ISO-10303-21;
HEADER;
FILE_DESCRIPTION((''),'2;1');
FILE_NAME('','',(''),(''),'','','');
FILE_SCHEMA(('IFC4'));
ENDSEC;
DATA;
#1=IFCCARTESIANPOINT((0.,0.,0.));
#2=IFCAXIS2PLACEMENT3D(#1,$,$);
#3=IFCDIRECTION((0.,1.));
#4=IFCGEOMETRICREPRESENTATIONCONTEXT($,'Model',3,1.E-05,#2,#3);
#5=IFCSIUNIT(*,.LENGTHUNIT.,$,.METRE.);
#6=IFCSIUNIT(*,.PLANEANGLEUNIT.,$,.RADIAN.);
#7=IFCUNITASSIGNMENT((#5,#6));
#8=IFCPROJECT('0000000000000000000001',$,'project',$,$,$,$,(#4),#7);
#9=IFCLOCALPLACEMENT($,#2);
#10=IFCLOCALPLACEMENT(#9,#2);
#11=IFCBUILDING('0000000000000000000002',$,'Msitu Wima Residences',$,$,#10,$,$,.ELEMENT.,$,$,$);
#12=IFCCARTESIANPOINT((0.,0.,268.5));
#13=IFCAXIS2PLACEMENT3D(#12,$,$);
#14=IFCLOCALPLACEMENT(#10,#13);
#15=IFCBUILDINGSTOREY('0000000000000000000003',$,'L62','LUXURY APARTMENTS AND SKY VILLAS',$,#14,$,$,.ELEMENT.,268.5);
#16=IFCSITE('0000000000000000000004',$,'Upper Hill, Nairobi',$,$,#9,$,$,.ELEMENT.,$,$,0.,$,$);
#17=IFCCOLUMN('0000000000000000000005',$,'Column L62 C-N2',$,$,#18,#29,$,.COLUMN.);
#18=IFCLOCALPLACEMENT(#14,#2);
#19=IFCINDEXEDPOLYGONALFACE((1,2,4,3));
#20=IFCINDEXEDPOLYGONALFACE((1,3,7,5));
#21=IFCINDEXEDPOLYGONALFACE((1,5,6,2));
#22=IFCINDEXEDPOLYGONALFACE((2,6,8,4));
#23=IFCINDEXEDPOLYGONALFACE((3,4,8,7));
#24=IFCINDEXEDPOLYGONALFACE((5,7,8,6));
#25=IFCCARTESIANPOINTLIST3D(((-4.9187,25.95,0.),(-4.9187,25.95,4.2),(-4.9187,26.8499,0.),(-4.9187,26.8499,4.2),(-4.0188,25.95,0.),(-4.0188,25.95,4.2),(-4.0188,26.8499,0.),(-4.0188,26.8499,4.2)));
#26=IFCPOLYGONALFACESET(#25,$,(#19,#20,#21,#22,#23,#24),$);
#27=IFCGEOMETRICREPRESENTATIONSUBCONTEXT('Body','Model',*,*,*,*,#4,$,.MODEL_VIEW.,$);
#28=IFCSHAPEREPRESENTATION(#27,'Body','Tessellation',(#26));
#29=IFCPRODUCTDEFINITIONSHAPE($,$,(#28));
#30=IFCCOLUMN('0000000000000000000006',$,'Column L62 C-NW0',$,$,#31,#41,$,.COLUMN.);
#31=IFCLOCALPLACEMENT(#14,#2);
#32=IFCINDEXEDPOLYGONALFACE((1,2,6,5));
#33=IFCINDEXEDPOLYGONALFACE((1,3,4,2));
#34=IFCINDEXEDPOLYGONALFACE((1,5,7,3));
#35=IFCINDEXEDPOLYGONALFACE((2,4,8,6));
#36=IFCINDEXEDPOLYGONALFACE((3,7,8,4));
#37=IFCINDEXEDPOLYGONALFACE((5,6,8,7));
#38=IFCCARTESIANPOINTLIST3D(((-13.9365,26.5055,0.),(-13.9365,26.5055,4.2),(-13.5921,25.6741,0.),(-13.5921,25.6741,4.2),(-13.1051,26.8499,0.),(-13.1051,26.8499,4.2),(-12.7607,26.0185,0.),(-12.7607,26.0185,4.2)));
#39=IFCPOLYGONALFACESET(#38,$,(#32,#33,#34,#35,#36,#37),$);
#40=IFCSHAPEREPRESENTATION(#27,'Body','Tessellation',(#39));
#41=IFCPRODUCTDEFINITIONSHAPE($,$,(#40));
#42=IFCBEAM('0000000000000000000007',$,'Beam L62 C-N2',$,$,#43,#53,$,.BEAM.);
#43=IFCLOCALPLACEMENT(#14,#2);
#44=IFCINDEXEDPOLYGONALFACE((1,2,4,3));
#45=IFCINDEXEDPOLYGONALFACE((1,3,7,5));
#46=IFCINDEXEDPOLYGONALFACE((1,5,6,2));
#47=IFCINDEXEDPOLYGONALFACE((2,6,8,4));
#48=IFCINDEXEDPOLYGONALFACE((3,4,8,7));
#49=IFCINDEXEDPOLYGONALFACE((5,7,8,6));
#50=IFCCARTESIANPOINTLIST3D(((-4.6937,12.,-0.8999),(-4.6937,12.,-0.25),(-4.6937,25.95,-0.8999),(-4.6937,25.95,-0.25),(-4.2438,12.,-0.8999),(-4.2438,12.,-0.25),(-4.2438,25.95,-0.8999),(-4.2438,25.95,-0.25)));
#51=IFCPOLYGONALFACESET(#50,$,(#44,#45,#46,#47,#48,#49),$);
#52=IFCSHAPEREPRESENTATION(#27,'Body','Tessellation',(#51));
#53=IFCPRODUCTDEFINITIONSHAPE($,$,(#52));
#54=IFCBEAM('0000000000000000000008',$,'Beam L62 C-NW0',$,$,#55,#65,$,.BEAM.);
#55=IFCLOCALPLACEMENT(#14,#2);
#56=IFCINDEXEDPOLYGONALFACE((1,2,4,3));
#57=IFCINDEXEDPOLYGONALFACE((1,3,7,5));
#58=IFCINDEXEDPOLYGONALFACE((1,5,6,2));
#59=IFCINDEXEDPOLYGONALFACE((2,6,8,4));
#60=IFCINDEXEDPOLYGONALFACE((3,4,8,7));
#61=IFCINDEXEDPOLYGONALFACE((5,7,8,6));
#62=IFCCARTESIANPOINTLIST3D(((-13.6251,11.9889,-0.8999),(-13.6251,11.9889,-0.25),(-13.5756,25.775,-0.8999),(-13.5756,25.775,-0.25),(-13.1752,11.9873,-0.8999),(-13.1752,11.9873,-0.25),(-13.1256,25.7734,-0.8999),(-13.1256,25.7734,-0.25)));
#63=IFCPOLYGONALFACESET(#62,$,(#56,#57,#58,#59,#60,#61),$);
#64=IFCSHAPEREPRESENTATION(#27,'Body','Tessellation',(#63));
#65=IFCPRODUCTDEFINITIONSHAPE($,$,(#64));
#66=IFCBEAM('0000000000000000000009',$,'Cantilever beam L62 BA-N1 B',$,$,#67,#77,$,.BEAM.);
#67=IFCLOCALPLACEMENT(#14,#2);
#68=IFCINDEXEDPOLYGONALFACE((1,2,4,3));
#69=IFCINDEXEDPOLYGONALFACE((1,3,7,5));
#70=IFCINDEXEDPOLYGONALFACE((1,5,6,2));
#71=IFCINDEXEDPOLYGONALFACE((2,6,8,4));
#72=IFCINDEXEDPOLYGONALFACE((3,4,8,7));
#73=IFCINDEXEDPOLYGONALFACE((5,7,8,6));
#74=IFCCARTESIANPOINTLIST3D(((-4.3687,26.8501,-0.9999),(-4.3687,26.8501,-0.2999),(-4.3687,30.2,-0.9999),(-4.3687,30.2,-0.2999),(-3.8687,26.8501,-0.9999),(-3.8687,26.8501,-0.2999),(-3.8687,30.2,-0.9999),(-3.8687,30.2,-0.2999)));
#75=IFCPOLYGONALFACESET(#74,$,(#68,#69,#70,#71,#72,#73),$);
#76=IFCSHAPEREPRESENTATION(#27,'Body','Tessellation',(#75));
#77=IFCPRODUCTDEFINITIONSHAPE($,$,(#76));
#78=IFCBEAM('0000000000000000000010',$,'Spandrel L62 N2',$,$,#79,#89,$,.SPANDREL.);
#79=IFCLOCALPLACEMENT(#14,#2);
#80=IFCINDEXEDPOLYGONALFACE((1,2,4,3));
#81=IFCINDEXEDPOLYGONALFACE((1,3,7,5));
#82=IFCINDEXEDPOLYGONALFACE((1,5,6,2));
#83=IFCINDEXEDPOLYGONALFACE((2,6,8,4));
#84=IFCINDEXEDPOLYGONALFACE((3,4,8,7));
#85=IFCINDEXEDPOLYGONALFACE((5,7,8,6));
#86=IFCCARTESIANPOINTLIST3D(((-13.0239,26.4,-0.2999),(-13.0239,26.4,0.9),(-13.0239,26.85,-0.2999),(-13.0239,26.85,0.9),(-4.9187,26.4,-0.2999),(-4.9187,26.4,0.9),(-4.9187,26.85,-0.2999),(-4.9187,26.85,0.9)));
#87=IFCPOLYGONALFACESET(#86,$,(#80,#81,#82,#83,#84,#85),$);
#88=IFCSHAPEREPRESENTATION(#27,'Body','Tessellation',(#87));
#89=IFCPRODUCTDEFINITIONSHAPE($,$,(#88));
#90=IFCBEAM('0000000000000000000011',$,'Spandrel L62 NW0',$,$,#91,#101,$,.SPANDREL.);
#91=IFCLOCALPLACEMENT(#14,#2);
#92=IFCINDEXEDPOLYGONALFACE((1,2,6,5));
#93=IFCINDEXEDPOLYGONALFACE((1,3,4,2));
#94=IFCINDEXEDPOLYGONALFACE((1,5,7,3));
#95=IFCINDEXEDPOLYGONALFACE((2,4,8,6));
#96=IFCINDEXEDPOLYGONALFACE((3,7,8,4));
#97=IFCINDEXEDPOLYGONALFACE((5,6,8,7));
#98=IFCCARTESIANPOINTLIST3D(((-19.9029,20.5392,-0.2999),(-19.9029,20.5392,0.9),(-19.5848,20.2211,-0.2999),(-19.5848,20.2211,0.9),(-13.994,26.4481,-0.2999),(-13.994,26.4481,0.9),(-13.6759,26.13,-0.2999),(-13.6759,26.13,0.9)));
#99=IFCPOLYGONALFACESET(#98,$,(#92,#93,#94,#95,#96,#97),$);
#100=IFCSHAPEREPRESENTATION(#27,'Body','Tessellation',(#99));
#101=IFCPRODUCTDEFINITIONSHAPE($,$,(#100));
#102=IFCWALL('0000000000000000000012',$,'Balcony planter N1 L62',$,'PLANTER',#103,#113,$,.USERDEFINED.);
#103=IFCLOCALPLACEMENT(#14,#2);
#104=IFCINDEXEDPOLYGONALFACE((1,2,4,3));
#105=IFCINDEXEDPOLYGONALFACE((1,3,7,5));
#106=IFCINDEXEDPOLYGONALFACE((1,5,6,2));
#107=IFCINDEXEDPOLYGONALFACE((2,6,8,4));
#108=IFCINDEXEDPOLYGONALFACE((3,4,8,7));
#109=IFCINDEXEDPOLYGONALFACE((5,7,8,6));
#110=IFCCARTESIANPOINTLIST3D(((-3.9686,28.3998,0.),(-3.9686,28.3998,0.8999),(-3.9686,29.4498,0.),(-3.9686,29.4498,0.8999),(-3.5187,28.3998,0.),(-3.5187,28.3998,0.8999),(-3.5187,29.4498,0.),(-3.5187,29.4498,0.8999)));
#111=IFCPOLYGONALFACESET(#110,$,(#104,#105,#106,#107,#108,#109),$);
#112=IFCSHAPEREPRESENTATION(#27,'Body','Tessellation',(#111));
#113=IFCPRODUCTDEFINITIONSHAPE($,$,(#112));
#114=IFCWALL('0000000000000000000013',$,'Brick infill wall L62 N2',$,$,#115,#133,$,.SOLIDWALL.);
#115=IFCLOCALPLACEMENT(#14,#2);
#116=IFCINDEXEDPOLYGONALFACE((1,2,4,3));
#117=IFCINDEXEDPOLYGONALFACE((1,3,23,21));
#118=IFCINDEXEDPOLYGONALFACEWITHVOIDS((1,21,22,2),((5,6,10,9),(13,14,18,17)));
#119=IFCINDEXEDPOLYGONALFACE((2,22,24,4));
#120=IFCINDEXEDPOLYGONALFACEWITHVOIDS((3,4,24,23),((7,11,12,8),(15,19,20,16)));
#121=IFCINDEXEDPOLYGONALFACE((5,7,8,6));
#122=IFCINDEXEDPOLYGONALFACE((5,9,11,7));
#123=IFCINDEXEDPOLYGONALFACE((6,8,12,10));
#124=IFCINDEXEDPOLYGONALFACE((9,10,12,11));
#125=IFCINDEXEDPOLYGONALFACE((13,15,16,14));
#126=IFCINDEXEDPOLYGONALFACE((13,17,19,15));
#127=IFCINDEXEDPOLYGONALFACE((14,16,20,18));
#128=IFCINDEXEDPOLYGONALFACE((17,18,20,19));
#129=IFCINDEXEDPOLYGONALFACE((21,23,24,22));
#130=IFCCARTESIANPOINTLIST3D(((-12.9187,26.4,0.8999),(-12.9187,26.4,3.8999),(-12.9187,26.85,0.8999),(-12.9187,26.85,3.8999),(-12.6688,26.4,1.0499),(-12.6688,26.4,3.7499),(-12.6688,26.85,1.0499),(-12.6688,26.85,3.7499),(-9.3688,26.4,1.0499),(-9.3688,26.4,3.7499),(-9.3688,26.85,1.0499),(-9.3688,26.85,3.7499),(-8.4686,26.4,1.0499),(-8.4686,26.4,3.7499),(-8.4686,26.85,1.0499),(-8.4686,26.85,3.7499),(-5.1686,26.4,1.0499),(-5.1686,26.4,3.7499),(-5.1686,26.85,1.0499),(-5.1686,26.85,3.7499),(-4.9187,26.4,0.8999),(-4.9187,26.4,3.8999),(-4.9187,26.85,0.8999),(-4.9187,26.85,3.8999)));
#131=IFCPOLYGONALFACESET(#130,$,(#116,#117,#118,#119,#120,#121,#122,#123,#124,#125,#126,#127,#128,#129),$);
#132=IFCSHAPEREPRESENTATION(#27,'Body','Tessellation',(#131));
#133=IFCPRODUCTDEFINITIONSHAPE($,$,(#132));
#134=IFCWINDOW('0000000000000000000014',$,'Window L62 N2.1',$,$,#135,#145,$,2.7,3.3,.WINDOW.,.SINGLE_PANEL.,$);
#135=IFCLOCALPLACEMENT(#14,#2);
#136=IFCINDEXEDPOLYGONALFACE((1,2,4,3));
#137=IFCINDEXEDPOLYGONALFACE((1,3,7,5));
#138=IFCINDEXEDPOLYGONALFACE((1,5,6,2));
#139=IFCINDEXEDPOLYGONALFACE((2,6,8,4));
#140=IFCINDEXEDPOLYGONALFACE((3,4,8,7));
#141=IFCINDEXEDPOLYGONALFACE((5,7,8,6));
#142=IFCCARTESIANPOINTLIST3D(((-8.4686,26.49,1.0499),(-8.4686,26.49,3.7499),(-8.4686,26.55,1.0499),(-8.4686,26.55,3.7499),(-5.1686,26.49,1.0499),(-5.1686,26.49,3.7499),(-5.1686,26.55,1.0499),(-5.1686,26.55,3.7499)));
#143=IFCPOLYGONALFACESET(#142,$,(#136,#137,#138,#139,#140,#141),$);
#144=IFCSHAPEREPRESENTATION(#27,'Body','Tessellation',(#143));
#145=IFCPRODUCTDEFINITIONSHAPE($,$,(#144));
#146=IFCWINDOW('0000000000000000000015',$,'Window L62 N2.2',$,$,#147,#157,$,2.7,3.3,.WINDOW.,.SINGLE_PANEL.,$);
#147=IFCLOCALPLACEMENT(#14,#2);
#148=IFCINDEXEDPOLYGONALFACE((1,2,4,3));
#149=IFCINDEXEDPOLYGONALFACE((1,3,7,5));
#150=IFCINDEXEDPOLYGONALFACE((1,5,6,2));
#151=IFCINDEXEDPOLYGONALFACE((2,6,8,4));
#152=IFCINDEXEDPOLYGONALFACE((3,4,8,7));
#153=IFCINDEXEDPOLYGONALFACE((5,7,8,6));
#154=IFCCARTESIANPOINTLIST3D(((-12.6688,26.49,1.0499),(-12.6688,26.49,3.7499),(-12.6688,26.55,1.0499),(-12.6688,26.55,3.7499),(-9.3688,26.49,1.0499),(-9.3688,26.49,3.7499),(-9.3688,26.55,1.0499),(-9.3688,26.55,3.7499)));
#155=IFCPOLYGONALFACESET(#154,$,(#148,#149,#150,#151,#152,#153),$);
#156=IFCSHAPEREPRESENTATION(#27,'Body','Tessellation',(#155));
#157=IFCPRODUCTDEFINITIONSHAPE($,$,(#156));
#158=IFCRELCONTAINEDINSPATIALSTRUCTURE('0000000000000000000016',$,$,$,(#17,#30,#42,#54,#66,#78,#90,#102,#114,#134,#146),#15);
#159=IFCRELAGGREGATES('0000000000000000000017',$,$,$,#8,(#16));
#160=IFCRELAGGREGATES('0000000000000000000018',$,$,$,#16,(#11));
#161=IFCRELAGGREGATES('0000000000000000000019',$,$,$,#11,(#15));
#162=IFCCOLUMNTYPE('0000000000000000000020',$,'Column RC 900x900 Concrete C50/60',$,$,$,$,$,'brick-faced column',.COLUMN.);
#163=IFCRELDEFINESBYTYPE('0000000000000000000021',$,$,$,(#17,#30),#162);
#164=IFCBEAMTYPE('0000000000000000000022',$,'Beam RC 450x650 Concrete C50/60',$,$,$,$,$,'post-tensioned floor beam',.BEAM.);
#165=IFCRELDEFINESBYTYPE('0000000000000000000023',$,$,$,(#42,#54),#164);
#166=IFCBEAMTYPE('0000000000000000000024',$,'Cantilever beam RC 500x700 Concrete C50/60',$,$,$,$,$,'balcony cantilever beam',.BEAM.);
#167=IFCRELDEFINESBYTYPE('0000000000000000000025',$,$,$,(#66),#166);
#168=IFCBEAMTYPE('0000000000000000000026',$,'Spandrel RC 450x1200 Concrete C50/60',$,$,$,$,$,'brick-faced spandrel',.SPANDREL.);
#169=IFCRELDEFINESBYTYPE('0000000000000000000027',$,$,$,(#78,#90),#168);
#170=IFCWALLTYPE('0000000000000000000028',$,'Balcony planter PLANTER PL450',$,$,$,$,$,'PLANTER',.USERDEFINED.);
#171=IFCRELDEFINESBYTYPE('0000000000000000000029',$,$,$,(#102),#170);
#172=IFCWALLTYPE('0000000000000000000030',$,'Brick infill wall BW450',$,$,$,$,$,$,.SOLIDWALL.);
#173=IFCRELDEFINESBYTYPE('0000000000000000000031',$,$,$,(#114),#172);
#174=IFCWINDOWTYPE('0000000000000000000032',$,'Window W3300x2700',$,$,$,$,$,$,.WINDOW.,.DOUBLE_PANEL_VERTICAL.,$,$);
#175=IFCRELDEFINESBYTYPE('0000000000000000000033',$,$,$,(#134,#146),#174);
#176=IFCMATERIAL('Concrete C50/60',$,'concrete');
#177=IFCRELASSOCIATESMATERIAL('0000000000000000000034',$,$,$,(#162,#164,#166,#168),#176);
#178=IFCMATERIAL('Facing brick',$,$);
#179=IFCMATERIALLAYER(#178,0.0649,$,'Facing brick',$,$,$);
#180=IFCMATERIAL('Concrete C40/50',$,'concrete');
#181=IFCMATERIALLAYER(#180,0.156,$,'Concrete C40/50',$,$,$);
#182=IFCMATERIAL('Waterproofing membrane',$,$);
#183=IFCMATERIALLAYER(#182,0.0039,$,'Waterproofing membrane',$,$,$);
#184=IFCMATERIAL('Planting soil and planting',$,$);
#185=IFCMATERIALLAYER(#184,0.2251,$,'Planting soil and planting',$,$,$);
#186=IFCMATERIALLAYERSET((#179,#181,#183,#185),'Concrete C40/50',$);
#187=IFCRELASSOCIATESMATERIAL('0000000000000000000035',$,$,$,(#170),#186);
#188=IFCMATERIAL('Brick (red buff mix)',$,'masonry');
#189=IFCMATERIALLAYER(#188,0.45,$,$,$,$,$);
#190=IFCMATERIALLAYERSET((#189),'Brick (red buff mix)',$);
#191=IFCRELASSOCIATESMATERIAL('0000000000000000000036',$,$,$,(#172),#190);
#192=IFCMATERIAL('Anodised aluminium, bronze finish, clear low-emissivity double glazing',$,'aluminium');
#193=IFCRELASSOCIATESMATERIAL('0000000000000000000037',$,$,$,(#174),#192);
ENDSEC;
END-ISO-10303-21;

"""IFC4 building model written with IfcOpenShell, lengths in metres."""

from ifc_helpers import new_model, si_unit, direction, frame, frame_2d, origin, origin_2d, place, context, subcontext, project, spatial, rectangle, extrude, material, layer, layer_set, material_profile, profile_set, type_object, element, fill, save


model = new_model("IFC4")

# Units and contexts
model_context = context("Model", 3, precision=1e-05, world=origin(), true_north=direction((0.0, 1.0)))
body_context = subcontext(model_context, "Body", "Model", "MODEL_VIEW")
ifc_project = project(units=[si_unit("LENGTHUNIT", "METRE"), si_unit("PLANEANGLEUNIT", "RADIAN")], contexts=[model_context])

# Site, building, storey
site_placement = place(None, origin())
site = spatial("IfcSite", under=ifc_project, at=site_placement, Name="Upper Hill, Nairobi", CompositionType="ELEMENT", RefElevation=0.0)
building_placement = place(site_placement, origin())
building = spatial("IfcBuilding", under=site, at=building_placement, Name="Msitu Wima Residences", CompositionType="ELEMENT")
storey_placement = place(building_placement, frame((0.0, 0.0, 268.5)))
storey = spatial("IfcBuildingStorey", under=building, at=storey_placement, Name="L62", Description="LUXURY APARTMENTS AND SKY VILLAS", CompositionType="ELEMENT", Elevation=268.5)

# Columns
ifc_material_1 = material(Name="Concrete C50/60", Category="concrete")
ifc_material_profile_1 = material_profile(ifc_material_1, rectangle(XDim=0.8999, YDim=0.8999, at=origin_2d()), Name="RC 900x900")
ifc_profile_set_1 = profile_set([ifc_material_profile_1], Name="Concrete C50/60")
column_type = type_object("IfcColumnType", Name="Column RC 900x900 Concrete C50/60", ElementType="brick-faced column", PredefinedType="COLUMN", material=ifc_profile_set_1)
for number, where, z_axis, x_axis, name in (
    (1, (-4.4688, 26.3999, 0.0), (0.0, 0.0, 1.0), (-1.0, 0.0, 0.0), "Column L62 C-N2"),
    (2, (-13.3486, 26.262, 0.0), (0.0, 0.0, 1.0), (-0.92388, -0.382683, 0.0), "Column L62 C-NW0"),
):
    element("IfcColumn", number, at=place(storey_placement, frame(where, z_axis=z_axis, x_axis=x_axis)), inside=storey, type_object=column_type, Name=name, PredefinedType="COLUMN", context=body_context, shape_type="SweptSolid", body=[
        extrude(rectangle(XDim=0.8999, YDim=0.8999, at=origin_2d()), origin(), (0.0, 0.0, 1.0), 4.2),
    ])

# Beams
ifc_material_profile_2 = material_profile(ifc_material_1, rectangle(XDim=0.45, YDim=0.6499, at=origin_2d()), Name="RC 450x650")
ifc_profile_set_2 = profile_set([ifc_material_profile_2], Name="Concrete C50/60")
beam_type_1 = type_object("IfcBeamType", Name="Beam RC 450x650 Concrete C50/60", ElementType="post-tensioned floor beam", PredefinedType="BEAM", material=ifc_profile_set_2)
beam_1_placement = place(storey_placement, frame((-4.4688, 25.95, -0.575), z_axis=(0.0, -1.0, 0.0), x_axis=(1.0, 0.0, 0.0)))
element("IfcBeam", 3, at=beam_1_placement, inside=storey, type_object=beam_type_1, Name="Beam L62 C-N2", PredefinedType="BEAM", context=body_context, shape_type="SweptSolid", body=[
    extrude(rectangle(XDim=0.45, YDim=0.6499, at=origin_2d()), origin(), (0.0, 0.0, 1.0), 13.95),
])
beam_2_placement = place(storey_placement, frame((-13.3506, 25.7742, -0.575), z_axis=(-0.003595, -0.999994, 0.0), x_axis=(0.999994, -0.003595, 0.0)))
element("IfcBeam", 4, at=beam_2_placement, inside=storey, type_object=beam_type_1, Name="Beam L62 C-NW0", PredefinedType="BEAM", context=body_context, shape_type="SweptSolid", body=[
    extrude(rectangle(XDim=0.45, YDim=0.6499, at=origin_2d()), origin(), (0.0, 0.0, 1.0), 13.7861),
])
ifc_material_profile_3 = material_profile(ifc_material_1, rectangle(XDim=0.5, YDim=0.7, at=origin_2d()), Name="RC 500x700")
ifc_profile_set_3 = profile_set([ifc_material_profile_3], Name="Concrete C50/60")
beam_type_2 = type_object("IfcBeamType", Name="Cantilever beam RC 500x700 Concrete C50/60", ElementType="balcony cantilever beam", PredefinedType="BEAM", material=ifc_profile_set_3)
beam_3_placement = place(storey_placement, frame((-4.1187, 26.8501, -0.6499), z_axis=(0.0, 1.0, 0.0), x_axis=(-1.0, 0.0, 0.0)))
element("IfcBeam", 5, at=beam_3_placement, inside=storey, type_object=beam_type_2, Name="Cantilever beam L62 BA-N1 B", PredefinedType="BEAM", context=body_context, shape_type="SweptSolid", body=[
    extrude(rectangle(XDim=0.5, YDim=0.7, at=origin_2d()), origin(), (0.0, 0.0, 1.0), 3.3499),
])
ifc_material_profile_4 = material_profile(ifc_material_1, rectangle(XDim=0.45, YDim=1.2, at=origin_2d()), Name="RC 450x1200")
ifc_profile_set_4 = profile_set([ifc_material_profile_4], Name="Concrete C50/60")
beam_type_3 = type_object("IfcBeamType", Name="Spandrel RC 450x1200 Concrete C50/60", ElementType="brick-faced spandrel", PredefinedType="SPANDREL", material=ifc_profile_set_4)
beam_4_placement = place(storey_placement, frame((-4.9187, 26.625, 0.3), z_axis=(-1.0, 0.0, 0.0), x_axis=(0.0, -1.0, 0.0)))
element("IfcBeam", 6, at=beam_4_placement, inside=storey, type_object=beam_type_3, Name="Spandrel L62 N2", PredefinedType="SPANDREL", context=body_context, shape_type="SweptSolid", body=[
    extrude(rectangle(XDim=0.45, YDim=1.2, at=origin_2d()), origin(), (0.0, 0.0, 1.0), 8.1052),
])
beam_5_placement = place(storey_placement, frame((-13.835, 26.2891, 0.3), z_axis=(-0.707107, -0.707107, 0.0), x_axis=(0.707107, -0.707107, 0.0)))
element("IfcBeam", 7, at=beam_5_placement, inside=storey, type_object=beam_type_3, Name="Spandrel L62 NW0", PredefinedType="SPANDREL", context=body_context, shape_type="SweptSolid", body=[
    extrude(rectangle(XDim=0.45, YDim=1.2, at=origin_2d()), origin(), (0.0, 0.0, 1.0), 8.3564),
])

# Wall
ifc_material_2 = material(Name="Facing brick")
ifc_layer_1 = layer(ifc_material_2, 0.0649, Name="Facing brick")
ifc_material_3 = material(Name="Concrete C40/50", Category="concrete")
ifc_layer_2 = layer(ifc_material_3, 0.156, Name="Concrete C40/50")
ifc_material_4 = material(Name="Waterproofing membrane")
ifc_layer_3 = layer(ifc_material_4, 0.0039, Name="Waterproofing membrane")
ifc_material_5 = material(Name="Planting soil and planting")
ifc_layer_4 = layer(ifc_material_5, 0.2251, Name="Planting soil and planting")
ifc_layer_set_1 = layer_set([ifc_layer_1, ifc_layer_2, ifc_layer_3, ifc_layer_4], Name="Concrete C40/50")
wall_type_1 = type_object("IfcWallType", Name="Balcony planter PLANTER PL450", ElementType="PLANTER", PredefinedType="USERDEFINED", material=ifc_layer_set_1)
wall_1_placement = place(storey_placement, frame((-3.7437, 28.3999, 0.0), z_axis=(0.0, 0.0, 1.0), x_axis=(0.0, 1.0, 0.0)))
element("IfcWall", 8, at=wall_1_placement, inside=storey, type_object=wall_type_1, Name="Balcony planter N1 L62", ObjectType="PLANTER", PredefinedType="USERDEFINED", context=body_context, shape_type="SweptSolid", body=[
    extrude(rectangle(XDim=1.05, YDim=0.45, at=frame_2d((0.5249, 0.0))), origin(), (0.0, 0.0, 1.0), 0.8999),
])

# Wall, openings, windows
ifc_material_6 = material(Name="Brick (red buff mix)", Category="masonry")
ifc_layer_5 = layer(ifc_material_6, 0.45)
ifc_layer_set_2 = layer_set([ifc_layer_5], Name="Brick (red buff mix)")
wall_type_2 = type_object("IfcWallType", Name="Brick infill wall BW450", PredefinedType="SOLIDWALL", material=ifc_layer_set_2)
wall_2_placement = place(storey_placement, frame((-4.9187, 26.625, 0.8999), z_axis=(0.0, 0.0, 1.0), x_axis=(-1.0, 0.0, 0.0)))
wall_2 = element("IfcWall", 9, at=wall_2_placement, inside=storey, type_object=wall_type_2, Name="Brick infill wall L62 N2", PredefinedType="SOLIDWALL", context=body_context, shape_type="SweptSolid", body=[
    extrude(rectangle(XDim=8.0, YDim=0.45, at=frame_2d((4.0, 0.0))), origin(), (0.0, 0.0, 1.0), 3.0),
])
opening_1_placement = place(wall_2_placement, frame((0.25, 0.0, 0.1499)))
opening_1 = element("IfcOpeningElement", 10, at=opening_1_placement, cuts=wall_2, PredefinedType="OPENING", context=body_context, shape_type="SweptSolid", body=[
    extrude(rectangle(XDim=3.3, YDim=2.7, at=frame_2d((1.6499, 1.3501))), frame((0.0, 0.2349, 0.0), z_axis=(0.0, -1.0, 0.0), x_axis=(1.0, 0.0, 0.0)), (0.0, 0.0, 1.0), 0.47),
])
opening_2_placement = place(wall_2_placement, frame((4.4502, 0.0, 0.1499)))
opening_2 = element("IfcOpeningElement", 11, at=opening_2_placement, cuts=wall_2, PredefinedType="OPENING", context=body_context, shape_type="SweptSolid", body=[
    extrude(rectangle(XDim=3.3, YDim=2.7, at=frame_2d((1.6499, 1.3501))), frame((0.0, 0.2349, 0.0), z_axis=(0.0, -1.0, 0.0), x_axis=(1.0, 0.0, 0.0)), (0.0, 0.0, 1.0), 0.47),
])
ifc_material_7 = material(Name="Anodised aluminium, bronze finish, clear low-emissivity double glazing", Category="aluminium")
window_type = type_object("IfcWindowType", Name="Window W3300x2700", PartitioningType="DOUBLE_PANEL_VERTICAL", PredefinedType="WINDOW", material=ifc_material_7)
window_1_placement = place(opening_1_placement, origin())
window_1 = element("IfcWindow", 12, at=window_1_placement, inside=storey, type_object=window_type, Name="Window L62 N2.1", OverallHeight=2.7, OverallWidth=3.3, PartitioningType="SINGLE_PANEL", PredefinedType="WINDOW", context=body_context, shape_type="SweptSolid", body=[
    extrude(rectangle(XDim=3.3, YDim=2.7, at=frame_2d((1.6499, 1.3501))), frame((0.0, 0.135, 0.0), z_axis=(0.0, -1.0, 0.0), x_axis=(1.0, 0.0, 0.0)), (0.0, 0.0, 1.0), 0.0601),
])
fill(opening_1, window_1)
window_2_placement = place(opening_2_placement, origin())
window_2 = element("IfcWindow", 13, at=window_2_placement, inside=storey, type_object=window_type, Name="Window L62 N2.2", OverallHeight=2.7, OverallWidth=3.3, PartitioningType="SINGLE_PANEL", PredefinedType="WINDOW", context=body_context, shape_type="SweptSolid", body=[
    extrude(rectangle(XDim=3.3, YDim=2.7, at=frame_2d((1.6499, 1.3501))), frame((0.0, 0.135, 0.0), z_axis=(0.0, -1.0, 0.0), x_axis=(1.0, 0.0, 0.0)), (0.0, 0.0, 1.0), 0.0601),
])
fill(opening_2, window_2)

save(model, "model.ifc")
